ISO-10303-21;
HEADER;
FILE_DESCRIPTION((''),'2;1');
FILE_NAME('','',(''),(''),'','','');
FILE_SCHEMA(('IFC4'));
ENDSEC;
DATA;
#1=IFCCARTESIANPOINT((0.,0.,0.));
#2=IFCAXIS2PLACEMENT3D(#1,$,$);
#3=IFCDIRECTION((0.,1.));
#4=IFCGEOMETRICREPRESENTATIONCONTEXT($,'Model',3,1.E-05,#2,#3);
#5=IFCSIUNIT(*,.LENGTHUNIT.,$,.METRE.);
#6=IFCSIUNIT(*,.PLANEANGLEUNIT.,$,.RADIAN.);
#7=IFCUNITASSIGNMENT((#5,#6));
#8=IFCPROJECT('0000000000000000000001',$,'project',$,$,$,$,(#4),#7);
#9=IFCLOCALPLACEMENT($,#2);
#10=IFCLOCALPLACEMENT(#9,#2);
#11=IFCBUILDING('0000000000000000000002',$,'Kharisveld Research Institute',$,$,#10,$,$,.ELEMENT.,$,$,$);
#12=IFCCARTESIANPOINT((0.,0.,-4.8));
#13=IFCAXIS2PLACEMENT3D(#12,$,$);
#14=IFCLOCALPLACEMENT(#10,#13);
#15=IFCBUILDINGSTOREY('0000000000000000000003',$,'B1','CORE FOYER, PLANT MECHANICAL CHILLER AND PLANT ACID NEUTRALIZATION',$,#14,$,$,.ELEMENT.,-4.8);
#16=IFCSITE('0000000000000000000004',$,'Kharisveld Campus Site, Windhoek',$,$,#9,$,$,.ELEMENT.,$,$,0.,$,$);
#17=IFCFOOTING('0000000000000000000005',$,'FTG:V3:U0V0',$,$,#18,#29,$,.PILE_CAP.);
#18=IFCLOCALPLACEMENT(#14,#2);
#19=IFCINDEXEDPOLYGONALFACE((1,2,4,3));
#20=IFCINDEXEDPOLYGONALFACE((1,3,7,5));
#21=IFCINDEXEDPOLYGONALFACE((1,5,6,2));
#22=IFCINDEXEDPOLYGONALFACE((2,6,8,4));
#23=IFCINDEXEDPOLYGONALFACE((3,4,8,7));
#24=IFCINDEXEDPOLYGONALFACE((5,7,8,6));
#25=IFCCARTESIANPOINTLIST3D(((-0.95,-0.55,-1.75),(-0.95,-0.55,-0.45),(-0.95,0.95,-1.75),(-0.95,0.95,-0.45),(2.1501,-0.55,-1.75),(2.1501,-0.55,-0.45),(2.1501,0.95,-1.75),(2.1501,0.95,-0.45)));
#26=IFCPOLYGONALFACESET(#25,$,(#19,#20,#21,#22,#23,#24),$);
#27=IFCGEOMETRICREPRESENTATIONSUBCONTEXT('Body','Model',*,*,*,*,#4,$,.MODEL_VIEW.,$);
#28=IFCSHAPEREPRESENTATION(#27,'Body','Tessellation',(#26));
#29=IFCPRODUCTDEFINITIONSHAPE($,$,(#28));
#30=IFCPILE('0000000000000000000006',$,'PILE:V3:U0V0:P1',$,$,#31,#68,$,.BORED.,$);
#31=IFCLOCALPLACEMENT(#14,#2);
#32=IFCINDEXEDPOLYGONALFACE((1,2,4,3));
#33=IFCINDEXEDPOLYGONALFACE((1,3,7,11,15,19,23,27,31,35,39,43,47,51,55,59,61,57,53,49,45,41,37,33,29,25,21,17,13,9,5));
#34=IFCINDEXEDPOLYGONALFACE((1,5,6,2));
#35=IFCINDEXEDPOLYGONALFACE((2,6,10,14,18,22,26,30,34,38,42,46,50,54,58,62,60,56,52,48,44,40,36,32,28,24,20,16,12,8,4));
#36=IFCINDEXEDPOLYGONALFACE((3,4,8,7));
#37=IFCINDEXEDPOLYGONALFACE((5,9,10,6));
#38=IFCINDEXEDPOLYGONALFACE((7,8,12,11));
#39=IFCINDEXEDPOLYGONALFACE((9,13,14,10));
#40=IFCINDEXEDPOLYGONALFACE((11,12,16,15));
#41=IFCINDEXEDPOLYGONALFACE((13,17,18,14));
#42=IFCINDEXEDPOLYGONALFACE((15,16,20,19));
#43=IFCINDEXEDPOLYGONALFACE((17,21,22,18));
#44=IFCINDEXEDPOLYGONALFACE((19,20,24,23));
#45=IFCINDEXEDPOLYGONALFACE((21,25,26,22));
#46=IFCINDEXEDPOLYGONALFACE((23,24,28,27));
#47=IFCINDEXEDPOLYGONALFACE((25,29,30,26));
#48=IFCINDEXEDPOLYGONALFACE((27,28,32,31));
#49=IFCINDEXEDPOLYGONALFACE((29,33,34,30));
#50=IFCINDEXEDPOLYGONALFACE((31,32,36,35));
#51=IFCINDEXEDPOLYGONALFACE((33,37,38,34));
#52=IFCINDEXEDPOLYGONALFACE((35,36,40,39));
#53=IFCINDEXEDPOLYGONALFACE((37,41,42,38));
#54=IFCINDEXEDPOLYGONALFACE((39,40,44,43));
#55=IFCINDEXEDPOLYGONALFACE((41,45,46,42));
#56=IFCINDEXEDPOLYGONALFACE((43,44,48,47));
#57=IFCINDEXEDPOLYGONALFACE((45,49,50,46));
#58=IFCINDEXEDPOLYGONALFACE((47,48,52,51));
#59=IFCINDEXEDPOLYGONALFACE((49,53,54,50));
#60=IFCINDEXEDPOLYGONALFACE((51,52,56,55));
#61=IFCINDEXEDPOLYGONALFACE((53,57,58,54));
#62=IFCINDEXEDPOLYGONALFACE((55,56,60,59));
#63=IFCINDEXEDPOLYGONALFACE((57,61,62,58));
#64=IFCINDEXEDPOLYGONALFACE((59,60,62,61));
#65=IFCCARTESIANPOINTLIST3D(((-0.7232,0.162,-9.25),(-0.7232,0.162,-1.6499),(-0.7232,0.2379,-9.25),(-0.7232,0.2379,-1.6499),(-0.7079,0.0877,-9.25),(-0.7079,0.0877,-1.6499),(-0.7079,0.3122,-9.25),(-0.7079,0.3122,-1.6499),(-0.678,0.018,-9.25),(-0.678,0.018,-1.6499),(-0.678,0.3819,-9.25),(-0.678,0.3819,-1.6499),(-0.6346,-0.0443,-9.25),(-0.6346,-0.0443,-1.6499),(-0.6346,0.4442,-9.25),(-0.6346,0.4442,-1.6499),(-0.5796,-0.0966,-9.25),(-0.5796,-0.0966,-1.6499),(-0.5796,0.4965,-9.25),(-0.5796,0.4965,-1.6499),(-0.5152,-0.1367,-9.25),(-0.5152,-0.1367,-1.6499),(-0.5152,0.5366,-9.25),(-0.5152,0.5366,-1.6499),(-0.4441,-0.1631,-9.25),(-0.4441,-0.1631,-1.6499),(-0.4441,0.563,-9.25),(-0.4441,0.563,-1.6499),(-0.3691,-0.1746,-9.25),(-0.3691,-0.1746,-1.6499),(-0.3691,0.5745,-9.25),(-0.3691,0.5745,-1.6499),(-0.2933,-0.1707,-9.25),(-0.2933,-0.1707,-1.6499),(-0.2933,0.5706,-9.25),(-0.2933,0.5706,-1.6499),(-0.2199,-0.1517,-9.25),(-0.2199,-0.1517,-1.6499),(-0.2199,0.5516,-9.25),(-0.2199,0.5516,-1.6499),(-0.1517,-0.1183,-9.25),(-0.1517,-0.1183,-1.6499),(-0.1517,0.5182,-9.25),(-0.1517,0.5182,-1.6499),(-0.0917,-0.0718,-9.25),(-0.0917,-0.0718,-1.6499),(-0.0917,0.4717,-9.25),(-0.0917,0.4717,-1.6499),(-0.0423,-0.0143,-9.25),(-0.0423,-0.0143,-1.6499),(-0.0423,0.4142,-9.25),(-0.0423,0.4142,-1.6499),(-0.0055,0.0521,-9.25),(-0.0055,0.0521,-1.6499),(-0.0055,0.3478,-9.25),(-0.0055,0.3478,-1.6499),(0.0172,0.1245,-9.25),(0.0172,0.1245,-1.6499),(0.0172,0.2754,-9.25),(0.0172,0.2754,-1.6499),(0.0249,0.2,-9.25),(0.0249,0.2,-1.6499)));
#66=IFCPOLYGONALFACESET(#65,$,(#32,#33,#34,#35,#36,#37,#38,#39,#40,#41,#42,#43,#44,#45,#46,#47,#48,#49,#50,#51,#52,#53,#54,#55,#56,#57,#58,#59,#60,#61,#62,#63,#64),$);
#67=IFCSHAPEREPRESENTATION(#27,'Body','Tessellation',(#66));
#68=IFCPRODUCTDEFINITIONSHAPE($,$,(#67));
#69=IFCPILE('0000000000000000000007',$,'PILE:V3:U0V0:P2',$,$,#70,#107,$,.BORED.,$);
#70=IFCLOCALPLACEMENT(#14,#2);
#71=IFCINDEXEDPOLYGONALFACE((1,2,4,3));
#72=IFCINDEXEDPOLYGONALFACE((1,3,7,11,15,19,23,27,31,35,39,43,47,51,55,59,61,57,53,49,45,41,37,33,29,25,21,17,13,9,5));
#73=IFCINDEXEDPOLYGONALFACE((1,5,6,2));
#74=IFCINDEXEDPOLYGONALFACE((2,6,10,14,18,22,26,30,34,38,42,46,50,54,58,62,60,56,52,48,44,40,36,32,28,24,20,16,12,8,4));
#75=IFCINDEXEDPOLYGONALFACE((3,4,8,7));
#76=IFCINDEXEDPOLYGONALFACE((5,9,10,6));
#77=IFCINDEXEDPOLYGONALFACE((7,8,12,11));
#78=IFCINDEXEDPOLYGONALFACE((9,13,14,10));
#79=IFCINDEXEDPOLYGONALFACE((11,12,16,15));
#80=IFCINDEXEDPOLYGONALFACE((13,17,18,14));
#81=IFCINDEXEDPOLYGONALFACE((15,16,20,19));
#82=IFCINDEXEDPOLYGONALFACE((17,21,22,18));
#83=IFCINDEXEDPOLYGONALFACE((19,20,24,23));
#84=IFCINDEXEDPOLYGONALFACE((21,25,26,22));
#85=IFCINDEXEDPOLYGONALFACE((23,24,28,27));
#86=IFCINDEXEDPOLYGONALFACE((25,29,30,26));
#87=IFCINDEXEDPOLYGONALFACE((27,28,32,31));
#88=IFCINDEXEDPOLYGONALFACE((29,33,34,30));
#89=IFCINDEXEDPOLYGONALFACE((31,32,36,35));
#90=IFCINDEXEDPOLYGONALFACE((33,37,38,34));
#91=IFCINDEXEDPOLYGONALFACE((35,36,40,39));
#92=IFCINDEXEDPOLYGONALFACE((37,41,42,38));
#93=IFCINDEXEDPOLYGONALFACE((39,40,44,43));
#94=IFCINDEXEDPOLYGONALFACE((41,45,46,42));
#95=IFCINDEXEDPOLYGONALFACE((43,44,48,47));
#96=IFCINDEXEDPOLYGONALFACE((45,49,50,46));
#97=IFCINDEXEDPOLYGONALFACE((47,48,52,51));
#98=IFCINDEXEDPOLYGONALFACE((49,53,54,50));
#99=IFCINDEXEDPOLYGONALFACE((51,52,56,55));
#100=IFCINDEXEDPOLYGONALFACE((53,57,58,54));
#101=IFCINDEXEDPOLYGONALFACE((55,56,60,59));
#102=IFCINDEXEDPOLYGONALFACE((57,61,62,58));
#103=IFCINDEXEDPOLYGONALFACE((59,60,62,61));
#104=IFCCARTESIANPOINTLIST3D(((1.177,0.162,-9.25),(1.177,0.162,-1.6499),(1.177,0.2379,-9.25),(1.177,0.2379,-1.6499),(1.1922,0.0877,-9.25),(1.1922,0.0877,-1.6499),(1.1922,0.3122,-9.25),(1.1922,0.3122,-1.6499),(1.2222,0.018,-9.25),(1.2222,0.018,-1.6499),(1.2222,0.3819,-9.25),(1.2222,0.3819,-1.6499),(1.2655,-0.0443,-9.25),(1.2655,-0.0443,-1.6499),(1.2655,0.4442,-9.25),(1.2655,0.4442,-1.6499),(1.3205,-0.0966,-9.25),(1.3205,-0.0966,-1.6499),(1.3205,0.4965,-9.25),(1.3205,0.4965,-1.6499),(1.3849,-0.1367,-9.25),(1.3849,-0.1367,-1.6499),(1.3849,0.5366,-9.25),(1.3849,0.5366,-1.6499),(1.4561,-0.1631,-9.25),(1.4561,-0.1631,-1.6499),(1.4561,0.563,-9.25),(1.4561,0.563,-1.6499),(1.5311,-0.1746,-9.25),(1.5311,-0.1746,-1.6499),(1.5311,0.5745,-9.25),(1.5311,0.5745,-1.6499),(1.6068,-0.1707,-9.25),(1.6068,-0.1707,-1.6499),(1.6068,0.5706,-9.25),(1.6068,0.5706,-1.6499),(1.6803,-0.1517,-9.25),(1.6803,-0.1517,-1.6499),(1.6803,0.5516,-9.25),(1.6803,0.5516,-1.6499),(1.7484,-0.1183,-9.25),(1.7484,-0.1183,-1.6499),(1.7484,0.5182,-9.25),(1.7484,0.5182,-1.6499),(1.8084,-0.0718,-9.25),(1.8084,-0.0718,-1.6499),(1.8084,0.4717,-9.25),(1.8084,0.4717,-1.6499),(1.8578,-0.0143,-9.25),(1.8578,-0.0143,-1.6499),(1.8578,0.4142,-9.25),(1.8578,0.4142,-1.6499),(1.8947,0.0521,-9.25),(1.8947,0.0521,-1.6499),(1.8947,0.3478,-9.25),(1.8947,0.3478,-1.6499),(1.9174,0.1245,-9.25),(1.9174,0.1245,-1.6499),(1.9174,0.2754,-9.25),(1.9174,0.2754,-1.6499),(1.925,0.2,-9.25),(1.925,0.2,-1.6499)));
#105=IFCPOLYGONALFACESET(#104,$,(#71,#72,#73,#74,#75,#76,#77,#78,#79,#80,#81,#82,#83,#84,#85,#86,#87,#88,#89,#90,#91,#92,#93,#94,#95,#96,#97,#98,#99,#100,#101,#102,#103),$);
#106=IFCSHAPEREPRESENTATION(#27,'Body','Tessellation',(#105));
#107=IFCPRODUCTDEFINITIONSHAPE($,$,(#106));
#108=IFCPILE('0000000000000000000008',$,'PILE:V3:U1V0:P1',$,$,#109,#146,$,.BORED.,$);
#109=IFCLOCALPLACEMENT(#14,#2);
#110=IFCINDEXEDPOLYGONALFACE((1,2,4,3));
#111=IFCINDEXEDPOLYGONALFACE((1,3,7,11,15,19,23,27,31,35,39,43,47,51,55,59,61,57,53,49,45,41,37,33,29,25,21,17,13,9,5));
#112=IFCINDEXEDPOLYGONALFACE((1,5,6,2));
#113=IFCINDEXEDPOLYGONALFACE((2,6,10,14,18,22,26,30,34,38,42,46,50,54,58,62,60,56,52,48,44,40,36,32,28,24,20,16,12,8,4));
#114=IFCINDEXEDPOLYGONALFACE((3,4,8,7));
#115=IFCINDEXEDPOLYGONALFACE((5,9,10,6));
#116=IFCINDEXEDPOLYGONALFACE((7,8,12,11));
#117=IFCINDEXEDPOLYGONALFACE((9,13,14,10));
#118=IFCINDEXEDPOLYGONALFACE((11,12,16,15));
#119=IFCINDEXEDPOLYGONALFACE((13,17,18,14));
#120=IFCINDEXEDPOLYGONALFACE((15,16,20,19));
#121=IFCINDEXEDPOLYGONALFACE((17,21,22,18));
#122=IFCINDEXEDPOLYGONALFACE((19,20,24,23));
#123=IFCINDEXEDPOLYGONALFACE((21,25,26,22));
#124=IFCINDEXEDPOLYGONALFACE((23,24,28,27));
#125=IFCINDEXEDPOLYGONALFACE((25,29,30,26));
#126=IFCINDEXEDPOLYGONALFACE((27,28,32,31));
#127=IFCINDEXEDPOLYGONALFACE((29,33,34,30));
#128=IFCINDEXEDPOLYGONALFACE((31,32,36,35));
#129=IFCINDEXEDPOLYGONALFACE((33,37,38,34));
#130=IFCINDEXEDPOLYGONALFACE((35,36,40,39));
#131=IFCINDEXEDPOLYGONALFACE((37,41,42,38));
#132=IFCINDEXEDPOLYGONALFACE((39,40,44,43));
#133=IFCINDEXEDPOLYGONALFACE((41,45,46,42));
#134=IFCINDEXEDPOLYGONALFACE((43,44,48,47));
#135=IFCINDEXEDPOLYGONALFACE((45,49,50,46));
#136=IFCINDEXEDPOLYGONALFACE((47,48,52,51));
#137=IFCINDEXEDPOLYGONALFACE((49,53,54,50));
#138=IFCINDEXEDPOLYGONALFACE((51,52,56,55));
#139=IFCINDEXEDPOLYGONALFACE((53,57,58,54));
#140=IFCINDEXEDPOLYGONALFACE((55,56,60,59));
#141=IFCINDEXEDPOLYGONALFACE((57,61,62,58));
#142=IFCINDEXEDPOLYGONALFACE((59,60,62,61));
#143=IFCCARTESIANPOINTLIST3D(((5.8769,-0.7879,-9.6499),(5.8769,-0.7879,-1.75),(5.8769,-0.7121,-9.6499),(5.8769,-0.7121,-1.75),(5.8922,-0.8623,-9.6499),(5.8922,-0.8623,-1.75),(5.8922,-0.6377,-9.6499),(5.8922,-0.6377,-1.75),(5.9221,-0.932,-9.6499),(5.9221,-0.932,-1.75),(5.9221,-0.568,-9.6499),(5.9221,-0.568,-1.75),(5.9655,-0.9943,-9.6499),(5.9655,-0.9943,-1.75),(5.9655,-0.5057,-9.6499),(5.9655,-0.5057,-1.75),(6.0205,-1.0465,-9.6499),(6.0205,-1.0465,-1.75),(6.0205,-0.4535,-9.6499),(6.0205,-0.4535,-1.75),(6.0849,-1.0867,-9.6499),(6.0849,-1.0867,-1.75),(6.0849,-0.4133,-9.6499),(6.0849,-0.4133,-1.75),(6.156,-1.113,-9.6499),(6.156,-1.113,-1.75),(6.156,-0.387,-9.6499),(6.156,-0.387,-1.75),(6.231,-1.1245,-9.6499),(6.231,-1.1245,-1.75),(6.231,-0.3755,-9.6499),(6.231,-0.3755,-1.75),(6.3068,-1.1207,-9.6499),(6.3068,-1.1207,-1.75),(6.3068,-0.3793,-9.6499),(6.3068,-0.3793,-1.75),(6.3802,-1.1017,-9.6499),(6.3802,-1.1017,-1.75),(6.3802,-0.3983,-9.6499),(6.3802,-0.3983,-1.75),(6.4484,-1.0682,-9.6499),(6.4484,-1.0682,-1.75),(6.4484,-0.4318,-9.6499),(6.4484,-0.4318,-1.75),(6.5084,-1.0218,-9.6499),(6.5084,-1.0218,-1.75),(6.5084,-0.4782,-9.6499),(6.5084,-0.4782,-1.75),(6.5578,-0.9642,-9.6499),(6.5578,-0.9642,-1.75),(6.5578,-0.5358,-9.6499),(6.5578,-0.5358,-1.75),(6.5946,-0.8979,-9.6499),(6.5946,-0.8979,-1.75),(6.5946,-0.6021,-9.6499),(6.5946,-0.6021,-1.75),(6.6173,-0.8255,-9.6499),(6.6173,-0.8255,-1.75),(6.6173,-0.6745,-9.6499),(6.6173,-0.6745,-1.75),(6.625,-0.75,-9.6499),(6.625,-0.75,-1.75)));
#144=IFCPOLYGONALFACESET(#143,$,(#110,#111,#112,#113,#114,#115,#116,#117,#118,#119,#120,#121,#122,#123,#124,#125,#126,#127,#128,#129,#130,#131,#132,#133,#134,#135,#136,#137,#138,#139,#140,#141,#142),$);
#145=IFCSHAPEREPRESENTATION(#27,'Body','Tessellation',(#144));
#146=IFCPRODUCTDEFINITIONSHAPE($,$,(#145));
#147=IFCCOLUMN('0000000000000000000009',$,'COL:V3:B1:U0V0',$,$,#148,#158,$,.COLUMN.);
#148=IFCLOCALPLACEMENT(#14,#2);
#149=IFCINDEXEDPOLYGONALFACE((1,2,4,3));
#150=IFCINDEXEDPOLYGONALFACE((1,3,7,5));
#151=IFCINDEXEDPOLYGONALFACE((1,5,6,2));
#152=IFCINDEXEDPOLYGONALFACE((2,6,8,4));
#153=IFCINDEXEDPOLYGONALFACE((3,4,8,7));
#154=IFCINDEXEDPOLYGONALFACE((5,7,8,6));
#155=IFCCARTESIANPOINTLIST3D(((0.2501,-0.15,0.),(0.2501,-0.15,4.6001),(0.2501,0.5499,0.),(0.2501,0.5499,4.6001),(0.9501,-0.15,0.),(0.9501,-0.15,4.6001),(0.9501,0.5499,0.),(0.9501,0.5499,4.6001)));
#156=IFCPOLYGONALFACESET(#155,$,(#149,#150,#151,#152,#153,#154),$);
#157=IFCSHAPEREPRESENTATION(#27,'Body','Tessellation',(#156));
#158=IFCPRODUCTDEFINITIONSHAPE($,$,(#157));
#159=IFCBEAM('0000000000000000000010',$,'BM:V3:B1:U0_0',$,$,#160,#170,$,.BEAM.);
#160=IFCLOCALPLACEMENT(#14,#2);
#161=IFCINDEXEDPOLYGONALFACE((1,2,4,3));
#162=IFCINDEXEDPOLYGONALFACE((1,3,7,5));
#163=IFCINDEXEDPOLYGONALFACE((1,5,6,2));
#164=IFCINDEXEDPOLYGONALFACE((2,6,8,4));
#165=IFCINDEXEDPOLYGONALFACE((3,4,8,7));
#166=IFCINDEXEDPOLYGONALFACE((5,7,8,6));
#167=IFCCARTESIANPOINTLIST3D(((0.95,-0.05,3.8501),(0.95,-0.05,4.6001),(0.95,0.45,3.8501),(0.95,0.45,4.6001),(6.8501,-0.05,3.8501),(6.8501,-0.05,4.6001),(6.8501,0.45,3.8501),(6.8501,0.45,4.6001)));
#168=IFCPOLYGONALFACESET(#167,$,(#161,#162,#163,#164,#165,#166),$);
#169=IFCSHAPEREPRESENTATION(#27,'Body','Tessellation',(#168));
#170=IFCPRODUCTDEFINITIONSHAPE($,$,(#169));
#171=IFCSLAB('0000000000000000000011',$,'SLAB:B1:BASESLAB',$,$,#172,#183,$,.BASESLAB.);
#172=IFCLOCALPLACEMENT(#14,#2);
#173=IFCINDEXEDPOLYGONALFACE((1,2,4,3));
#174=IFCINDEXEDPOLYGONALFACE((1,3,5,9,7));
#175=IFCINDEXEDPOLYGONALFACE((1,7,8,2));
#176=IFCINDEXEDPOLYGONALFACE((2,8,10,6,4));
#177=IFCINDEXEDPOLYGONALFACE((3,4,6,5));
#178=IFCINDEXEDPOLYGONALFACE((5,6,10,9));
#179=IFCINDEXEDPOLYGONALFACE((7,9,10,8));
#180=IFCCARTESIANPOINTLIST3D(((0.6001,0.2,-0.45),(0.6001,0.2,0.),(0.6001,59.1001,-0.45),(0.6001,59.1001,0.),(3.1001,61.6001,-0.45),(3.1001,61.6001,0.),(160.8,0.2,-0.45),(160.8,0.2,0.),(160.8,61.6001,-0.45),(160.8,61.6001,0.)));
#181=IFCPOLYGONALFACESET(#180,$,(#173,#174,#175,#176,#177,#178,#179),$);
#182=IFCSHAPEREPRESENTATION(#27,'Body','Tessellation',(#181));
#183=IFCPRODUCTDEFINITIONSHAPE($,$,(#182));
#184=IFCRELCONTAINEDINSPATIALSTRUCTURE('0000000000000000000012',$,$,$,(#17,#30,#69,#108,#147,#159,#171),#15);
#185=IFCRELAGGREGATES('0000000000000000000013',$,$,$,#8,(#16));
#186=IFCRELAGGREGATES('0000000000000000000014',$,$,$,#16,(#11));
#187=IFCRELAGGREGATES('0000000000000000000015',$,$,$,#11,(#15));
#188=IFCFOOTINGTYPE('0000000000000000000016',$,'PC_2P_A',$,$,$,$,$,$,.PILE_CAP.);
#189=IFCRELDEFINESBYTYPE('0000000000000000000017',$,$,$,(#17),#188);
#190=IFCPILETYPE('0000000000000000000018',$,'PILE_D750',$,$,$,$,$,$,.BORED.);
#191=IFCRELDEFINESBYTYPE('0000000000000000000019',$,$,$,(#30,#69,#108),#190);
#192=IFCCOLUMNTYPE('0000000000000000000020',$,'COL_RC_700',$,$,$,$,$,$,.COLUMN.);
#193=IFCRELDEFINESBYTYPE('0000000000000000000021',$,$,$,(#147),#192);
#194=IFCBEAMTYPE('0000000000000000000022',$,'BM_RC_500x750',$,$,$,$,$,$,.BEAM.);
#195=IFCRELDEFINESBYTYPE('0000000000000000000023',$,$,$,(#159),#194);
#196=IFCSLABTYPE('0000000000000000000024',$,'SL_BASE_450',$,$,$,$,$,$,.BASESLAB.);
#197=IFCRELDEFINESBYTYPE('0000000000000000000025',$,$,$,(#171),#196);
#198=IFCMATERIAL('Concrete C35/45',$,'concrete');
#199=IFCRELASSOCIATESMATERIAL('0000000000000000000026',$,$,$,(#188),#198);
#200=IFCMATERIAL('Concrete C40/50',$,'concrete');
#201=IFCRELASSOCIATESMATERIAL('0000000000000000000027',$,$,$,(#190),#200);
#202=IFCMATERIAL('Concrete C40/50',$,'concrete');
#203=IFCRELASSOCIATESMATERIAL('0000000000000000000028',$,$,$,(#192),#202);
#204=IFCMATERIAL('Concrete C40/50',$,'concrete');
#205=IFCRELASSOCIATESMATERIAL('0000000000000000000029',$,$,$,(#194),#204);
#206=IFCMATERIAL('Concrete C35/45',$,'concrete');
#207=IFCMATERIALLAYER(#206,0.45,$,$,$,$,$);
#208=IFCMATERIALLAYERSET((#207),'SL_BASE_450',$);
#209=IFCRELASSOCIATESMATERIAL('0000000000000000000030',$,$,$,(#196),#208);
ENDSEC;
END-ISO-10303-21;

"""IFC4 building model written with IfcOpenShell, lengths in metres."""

from ifc_helpers import new_model, si_unit, direction, frame, origin, origin_2d, place, context, subcontext, project, spatial, polyline, rectangle, circle, outline, extrude, material, layer, layer_set, material_profile, profile_set, type_object, element, save


model = new_model("IFC4")

# Units and contexts
model_context = context("Model", 3, precision=1e-05, world=origin(), true_north=direction((0.0, 1.0)))
body_context = subcontext(model_context, "Body", "Model", "MODEL_VIEW")
ifc_project = project(units=[si_unit("LENGTHUNIT", "METRE"), si_unit("PLANEANGLEUNIT", "RADIAN")], contexts=[model_context])

# Site, building, storey
site_placement = place(None, origin())
site = spatial("IfcSite", under=ifc_project, at=site_placement, Name="Kharisveld Campus Site, Windhoek", CompositionType="ELEMENT", RefElevation=0.0)
building_placement = place(site_placement, origin())
building = spatial("IfcBuilding", under=site, at=building_placement, Name="Kharisveld Research Institute", CompositionType="ELEMENT")
storey_placement = place(building_placement, frame((0.0, 0.0, -4.8)))
storey = spatial("IfcBuildingStorey", under=building, at=storey_placement, Name="B1", Description="CORE FOYER, PLANT MECHANICAL CHILLER AND PLANT ACID NEUTRALIZATION", CompositionType="ELEMENT", Elevation=-4.8)

# Footing
ifc_material_1 = material(Name="Concrete C35/45", Category="concrete")
footing_type = type_object("IfcFootingType", Name="PC_2P_A", PredefinedType="PILE_CAP", material=ifc_material_1)
footing_placement = place(storey_placement, frame((0.6001, 0.2, -1.75), z_axis=(0.0, 0.0, 1.0), x_axis=(1.0, 0.0, 0.0)))
element("IfcFooting", 1, at=footing_placement, inside=storey, type_object=footing_type, Name="FTG:V3:U0V0", PredefinedType="PILE_CAP", context=body_context, shape_type="SweptSolid", body=[
    extrude(rectangle(XDim=3.1001, YDim=1.5, at=origin_2d()), origin(), (0.0, 0.0, 1.0), 1.3),
])

# Piles
ifc_material_2 = material(Name="Concrete C40/50", Category="concrete")
ifc_material_profile_1 = material_profile(ifc_material_2, circle(Radius=0.375, at=origin_2d()))
ifc_profile_set_1 = profile_set([ifc_material_profile_1], Name="Concrete C40/50")
pile_type = type_object("IfcPileType", Name="PILE_D750", PredefinedType="BORED", material=ifc_profile_set_1)
for number, where, z_axis, x_axis, name in (
    (2, (-0.3501, 0.2, -1.6499), (0.0, 0.0, -1.0), (1.0, 0.0, 0.0), "PILE:V3:U0V0:P1"),
    (3, (1.55, 0.2, -1.6499), (0.0, 0.0, -1.0), (1.0, 0.0, 0.0), "PILE:V3:U0V0:P2"),
):
    element("IfcPile", number, at=place(storey_placement, frame(where, z_axis=z_axis, x_axis=x_axis)), inside=storey, type_object=pile_type, Name=name, PredefinedType="BORED", context=body_context, shape_type="SweptSolid", body=[
        extrude(circle(Radius=0.375, at=origin_2d()), origin(), (0.0, 0.0, 1.0), 7.6001),
    ])
pile_placement = place(storey_placement, frame((6.25, -0.75, -1.75), z_axis=(0.0, 0.0, -1.0), x_axis=(1.0, 0.0, 0.0)))
element("IfcPile", 4, at=pile_placement, inside=storey, type_object=pile_type, Name="PILE:V3:U1V0:P1", PredefinedType="BORED", context=body_context, shape_type="SweptSolid", body=[
    extrude(circle(Radius=0.375, at=origin_2d()), origin(), (0.0, 0.0, 1.0), 7.8999),
])

# Column
ifc_material_3 = material(Name="Concrete C40/50", Category="concrete")
ifc_material_profile_2 = material_profile(ifc_material_3, rectangle(XDim=0.7, YDim=0.7, at=origin_2d()))
ifc_profile_set_2 = profile_set([ifc_material_profile_2], Name="Concrete C40/50")
column_type = type_object("IfcColumnType", Name="COL_RC_700", PredefinedType="COLUMN", material=ifc_profile_set_2)
column_placement = place(storey_placement, frame((0.6001, 0.2, 0.0), z_axis=(0.0, 0.0, 1.0), x_axis=(1.0, 0.0, 0.0)))
element("IfcColumn", 5, at=column_placement, inside=storey, type_object=column_type, Name="COL:V3:B1:U0V0", PredefinedType="COLUMN", context=body_context, shape_type="SweptSolid", body=[
    extrude(rectangle(XDim=0.7, YDim=0.7, at=origin_2d()), origin(), (0.0, 0.0, 1.0), 4.6001),
])

# Beam
ifc_material_4 = material(Name="Concrete C40/50", Category="concrete")
ifc_material_profile_3 = material_profile(ifc_material_4, rectangle(XDim=0.5, YDim=0.75, at=origin_2d()))
ifc_profile_set_3 = profile_set([ifc_material_profile_3], Name="Concrete C40/50")
beam_type = type_object("IfcBeamType", Name="BM_RC_500x750", PredefinedType="BEAM", material=ifc_profile_set_3)
beam_placement = place(storey_placement, frame((0.95, 0.2, 4.2251), z_axis=(1.0, 0.0, 0.0), x_axis=(0.0, 1.0, 0.0)))
element("IfcBeam", 6, at=beam_placement, inside=storey, type_object=beam_type, Name="BM:V3:B1:U0_0", PredefinedType="BEAM", context=body_context, shape_type="SweptSolid", body=[
    extrude(rectangle(XDim=0.5, YDim=0.75, at=origin_2d()), origin(), (0.0, 0.0, 1.0), 5.9001),
])

# Slab
ifc_material_5 = material(Name="Concrete C35/45", Category="concrete")
ifc_layer_1 = layer(ifc_material_5, 0.45)
ifc_layer_set_1 = layer_set([ifc_layer_1], Name="SL_BASE_450")
slab_type_1 = type_object("IfcSlabType", Name="SL_BASE_450", PredefinedType="BASESLAB", material=ifc_layer_set_1)
slab_1_placement = place(storey_placement, frame((0.0, 0.0, -0.45)))
element("IfcSlab", 7, at=slab_1_placement, inside=storey, type_object=slab_type_1, Name="SLAB:B1:BASESLAB", PredefinedType="BASESLAB", context=body_context, shape_type="SweptSolid", body=[
    extrude(outline(polyline([(0.6001, 0.2), (160.8, 0.2), (160.8, 61.6001), (3.1001, 61.6001), (0.6001, 59.1001), (0.6001, 0.2)])), origin(), (0.0, 0.0, 1.0), 0.45),
])

save(model, "model.ifc")
